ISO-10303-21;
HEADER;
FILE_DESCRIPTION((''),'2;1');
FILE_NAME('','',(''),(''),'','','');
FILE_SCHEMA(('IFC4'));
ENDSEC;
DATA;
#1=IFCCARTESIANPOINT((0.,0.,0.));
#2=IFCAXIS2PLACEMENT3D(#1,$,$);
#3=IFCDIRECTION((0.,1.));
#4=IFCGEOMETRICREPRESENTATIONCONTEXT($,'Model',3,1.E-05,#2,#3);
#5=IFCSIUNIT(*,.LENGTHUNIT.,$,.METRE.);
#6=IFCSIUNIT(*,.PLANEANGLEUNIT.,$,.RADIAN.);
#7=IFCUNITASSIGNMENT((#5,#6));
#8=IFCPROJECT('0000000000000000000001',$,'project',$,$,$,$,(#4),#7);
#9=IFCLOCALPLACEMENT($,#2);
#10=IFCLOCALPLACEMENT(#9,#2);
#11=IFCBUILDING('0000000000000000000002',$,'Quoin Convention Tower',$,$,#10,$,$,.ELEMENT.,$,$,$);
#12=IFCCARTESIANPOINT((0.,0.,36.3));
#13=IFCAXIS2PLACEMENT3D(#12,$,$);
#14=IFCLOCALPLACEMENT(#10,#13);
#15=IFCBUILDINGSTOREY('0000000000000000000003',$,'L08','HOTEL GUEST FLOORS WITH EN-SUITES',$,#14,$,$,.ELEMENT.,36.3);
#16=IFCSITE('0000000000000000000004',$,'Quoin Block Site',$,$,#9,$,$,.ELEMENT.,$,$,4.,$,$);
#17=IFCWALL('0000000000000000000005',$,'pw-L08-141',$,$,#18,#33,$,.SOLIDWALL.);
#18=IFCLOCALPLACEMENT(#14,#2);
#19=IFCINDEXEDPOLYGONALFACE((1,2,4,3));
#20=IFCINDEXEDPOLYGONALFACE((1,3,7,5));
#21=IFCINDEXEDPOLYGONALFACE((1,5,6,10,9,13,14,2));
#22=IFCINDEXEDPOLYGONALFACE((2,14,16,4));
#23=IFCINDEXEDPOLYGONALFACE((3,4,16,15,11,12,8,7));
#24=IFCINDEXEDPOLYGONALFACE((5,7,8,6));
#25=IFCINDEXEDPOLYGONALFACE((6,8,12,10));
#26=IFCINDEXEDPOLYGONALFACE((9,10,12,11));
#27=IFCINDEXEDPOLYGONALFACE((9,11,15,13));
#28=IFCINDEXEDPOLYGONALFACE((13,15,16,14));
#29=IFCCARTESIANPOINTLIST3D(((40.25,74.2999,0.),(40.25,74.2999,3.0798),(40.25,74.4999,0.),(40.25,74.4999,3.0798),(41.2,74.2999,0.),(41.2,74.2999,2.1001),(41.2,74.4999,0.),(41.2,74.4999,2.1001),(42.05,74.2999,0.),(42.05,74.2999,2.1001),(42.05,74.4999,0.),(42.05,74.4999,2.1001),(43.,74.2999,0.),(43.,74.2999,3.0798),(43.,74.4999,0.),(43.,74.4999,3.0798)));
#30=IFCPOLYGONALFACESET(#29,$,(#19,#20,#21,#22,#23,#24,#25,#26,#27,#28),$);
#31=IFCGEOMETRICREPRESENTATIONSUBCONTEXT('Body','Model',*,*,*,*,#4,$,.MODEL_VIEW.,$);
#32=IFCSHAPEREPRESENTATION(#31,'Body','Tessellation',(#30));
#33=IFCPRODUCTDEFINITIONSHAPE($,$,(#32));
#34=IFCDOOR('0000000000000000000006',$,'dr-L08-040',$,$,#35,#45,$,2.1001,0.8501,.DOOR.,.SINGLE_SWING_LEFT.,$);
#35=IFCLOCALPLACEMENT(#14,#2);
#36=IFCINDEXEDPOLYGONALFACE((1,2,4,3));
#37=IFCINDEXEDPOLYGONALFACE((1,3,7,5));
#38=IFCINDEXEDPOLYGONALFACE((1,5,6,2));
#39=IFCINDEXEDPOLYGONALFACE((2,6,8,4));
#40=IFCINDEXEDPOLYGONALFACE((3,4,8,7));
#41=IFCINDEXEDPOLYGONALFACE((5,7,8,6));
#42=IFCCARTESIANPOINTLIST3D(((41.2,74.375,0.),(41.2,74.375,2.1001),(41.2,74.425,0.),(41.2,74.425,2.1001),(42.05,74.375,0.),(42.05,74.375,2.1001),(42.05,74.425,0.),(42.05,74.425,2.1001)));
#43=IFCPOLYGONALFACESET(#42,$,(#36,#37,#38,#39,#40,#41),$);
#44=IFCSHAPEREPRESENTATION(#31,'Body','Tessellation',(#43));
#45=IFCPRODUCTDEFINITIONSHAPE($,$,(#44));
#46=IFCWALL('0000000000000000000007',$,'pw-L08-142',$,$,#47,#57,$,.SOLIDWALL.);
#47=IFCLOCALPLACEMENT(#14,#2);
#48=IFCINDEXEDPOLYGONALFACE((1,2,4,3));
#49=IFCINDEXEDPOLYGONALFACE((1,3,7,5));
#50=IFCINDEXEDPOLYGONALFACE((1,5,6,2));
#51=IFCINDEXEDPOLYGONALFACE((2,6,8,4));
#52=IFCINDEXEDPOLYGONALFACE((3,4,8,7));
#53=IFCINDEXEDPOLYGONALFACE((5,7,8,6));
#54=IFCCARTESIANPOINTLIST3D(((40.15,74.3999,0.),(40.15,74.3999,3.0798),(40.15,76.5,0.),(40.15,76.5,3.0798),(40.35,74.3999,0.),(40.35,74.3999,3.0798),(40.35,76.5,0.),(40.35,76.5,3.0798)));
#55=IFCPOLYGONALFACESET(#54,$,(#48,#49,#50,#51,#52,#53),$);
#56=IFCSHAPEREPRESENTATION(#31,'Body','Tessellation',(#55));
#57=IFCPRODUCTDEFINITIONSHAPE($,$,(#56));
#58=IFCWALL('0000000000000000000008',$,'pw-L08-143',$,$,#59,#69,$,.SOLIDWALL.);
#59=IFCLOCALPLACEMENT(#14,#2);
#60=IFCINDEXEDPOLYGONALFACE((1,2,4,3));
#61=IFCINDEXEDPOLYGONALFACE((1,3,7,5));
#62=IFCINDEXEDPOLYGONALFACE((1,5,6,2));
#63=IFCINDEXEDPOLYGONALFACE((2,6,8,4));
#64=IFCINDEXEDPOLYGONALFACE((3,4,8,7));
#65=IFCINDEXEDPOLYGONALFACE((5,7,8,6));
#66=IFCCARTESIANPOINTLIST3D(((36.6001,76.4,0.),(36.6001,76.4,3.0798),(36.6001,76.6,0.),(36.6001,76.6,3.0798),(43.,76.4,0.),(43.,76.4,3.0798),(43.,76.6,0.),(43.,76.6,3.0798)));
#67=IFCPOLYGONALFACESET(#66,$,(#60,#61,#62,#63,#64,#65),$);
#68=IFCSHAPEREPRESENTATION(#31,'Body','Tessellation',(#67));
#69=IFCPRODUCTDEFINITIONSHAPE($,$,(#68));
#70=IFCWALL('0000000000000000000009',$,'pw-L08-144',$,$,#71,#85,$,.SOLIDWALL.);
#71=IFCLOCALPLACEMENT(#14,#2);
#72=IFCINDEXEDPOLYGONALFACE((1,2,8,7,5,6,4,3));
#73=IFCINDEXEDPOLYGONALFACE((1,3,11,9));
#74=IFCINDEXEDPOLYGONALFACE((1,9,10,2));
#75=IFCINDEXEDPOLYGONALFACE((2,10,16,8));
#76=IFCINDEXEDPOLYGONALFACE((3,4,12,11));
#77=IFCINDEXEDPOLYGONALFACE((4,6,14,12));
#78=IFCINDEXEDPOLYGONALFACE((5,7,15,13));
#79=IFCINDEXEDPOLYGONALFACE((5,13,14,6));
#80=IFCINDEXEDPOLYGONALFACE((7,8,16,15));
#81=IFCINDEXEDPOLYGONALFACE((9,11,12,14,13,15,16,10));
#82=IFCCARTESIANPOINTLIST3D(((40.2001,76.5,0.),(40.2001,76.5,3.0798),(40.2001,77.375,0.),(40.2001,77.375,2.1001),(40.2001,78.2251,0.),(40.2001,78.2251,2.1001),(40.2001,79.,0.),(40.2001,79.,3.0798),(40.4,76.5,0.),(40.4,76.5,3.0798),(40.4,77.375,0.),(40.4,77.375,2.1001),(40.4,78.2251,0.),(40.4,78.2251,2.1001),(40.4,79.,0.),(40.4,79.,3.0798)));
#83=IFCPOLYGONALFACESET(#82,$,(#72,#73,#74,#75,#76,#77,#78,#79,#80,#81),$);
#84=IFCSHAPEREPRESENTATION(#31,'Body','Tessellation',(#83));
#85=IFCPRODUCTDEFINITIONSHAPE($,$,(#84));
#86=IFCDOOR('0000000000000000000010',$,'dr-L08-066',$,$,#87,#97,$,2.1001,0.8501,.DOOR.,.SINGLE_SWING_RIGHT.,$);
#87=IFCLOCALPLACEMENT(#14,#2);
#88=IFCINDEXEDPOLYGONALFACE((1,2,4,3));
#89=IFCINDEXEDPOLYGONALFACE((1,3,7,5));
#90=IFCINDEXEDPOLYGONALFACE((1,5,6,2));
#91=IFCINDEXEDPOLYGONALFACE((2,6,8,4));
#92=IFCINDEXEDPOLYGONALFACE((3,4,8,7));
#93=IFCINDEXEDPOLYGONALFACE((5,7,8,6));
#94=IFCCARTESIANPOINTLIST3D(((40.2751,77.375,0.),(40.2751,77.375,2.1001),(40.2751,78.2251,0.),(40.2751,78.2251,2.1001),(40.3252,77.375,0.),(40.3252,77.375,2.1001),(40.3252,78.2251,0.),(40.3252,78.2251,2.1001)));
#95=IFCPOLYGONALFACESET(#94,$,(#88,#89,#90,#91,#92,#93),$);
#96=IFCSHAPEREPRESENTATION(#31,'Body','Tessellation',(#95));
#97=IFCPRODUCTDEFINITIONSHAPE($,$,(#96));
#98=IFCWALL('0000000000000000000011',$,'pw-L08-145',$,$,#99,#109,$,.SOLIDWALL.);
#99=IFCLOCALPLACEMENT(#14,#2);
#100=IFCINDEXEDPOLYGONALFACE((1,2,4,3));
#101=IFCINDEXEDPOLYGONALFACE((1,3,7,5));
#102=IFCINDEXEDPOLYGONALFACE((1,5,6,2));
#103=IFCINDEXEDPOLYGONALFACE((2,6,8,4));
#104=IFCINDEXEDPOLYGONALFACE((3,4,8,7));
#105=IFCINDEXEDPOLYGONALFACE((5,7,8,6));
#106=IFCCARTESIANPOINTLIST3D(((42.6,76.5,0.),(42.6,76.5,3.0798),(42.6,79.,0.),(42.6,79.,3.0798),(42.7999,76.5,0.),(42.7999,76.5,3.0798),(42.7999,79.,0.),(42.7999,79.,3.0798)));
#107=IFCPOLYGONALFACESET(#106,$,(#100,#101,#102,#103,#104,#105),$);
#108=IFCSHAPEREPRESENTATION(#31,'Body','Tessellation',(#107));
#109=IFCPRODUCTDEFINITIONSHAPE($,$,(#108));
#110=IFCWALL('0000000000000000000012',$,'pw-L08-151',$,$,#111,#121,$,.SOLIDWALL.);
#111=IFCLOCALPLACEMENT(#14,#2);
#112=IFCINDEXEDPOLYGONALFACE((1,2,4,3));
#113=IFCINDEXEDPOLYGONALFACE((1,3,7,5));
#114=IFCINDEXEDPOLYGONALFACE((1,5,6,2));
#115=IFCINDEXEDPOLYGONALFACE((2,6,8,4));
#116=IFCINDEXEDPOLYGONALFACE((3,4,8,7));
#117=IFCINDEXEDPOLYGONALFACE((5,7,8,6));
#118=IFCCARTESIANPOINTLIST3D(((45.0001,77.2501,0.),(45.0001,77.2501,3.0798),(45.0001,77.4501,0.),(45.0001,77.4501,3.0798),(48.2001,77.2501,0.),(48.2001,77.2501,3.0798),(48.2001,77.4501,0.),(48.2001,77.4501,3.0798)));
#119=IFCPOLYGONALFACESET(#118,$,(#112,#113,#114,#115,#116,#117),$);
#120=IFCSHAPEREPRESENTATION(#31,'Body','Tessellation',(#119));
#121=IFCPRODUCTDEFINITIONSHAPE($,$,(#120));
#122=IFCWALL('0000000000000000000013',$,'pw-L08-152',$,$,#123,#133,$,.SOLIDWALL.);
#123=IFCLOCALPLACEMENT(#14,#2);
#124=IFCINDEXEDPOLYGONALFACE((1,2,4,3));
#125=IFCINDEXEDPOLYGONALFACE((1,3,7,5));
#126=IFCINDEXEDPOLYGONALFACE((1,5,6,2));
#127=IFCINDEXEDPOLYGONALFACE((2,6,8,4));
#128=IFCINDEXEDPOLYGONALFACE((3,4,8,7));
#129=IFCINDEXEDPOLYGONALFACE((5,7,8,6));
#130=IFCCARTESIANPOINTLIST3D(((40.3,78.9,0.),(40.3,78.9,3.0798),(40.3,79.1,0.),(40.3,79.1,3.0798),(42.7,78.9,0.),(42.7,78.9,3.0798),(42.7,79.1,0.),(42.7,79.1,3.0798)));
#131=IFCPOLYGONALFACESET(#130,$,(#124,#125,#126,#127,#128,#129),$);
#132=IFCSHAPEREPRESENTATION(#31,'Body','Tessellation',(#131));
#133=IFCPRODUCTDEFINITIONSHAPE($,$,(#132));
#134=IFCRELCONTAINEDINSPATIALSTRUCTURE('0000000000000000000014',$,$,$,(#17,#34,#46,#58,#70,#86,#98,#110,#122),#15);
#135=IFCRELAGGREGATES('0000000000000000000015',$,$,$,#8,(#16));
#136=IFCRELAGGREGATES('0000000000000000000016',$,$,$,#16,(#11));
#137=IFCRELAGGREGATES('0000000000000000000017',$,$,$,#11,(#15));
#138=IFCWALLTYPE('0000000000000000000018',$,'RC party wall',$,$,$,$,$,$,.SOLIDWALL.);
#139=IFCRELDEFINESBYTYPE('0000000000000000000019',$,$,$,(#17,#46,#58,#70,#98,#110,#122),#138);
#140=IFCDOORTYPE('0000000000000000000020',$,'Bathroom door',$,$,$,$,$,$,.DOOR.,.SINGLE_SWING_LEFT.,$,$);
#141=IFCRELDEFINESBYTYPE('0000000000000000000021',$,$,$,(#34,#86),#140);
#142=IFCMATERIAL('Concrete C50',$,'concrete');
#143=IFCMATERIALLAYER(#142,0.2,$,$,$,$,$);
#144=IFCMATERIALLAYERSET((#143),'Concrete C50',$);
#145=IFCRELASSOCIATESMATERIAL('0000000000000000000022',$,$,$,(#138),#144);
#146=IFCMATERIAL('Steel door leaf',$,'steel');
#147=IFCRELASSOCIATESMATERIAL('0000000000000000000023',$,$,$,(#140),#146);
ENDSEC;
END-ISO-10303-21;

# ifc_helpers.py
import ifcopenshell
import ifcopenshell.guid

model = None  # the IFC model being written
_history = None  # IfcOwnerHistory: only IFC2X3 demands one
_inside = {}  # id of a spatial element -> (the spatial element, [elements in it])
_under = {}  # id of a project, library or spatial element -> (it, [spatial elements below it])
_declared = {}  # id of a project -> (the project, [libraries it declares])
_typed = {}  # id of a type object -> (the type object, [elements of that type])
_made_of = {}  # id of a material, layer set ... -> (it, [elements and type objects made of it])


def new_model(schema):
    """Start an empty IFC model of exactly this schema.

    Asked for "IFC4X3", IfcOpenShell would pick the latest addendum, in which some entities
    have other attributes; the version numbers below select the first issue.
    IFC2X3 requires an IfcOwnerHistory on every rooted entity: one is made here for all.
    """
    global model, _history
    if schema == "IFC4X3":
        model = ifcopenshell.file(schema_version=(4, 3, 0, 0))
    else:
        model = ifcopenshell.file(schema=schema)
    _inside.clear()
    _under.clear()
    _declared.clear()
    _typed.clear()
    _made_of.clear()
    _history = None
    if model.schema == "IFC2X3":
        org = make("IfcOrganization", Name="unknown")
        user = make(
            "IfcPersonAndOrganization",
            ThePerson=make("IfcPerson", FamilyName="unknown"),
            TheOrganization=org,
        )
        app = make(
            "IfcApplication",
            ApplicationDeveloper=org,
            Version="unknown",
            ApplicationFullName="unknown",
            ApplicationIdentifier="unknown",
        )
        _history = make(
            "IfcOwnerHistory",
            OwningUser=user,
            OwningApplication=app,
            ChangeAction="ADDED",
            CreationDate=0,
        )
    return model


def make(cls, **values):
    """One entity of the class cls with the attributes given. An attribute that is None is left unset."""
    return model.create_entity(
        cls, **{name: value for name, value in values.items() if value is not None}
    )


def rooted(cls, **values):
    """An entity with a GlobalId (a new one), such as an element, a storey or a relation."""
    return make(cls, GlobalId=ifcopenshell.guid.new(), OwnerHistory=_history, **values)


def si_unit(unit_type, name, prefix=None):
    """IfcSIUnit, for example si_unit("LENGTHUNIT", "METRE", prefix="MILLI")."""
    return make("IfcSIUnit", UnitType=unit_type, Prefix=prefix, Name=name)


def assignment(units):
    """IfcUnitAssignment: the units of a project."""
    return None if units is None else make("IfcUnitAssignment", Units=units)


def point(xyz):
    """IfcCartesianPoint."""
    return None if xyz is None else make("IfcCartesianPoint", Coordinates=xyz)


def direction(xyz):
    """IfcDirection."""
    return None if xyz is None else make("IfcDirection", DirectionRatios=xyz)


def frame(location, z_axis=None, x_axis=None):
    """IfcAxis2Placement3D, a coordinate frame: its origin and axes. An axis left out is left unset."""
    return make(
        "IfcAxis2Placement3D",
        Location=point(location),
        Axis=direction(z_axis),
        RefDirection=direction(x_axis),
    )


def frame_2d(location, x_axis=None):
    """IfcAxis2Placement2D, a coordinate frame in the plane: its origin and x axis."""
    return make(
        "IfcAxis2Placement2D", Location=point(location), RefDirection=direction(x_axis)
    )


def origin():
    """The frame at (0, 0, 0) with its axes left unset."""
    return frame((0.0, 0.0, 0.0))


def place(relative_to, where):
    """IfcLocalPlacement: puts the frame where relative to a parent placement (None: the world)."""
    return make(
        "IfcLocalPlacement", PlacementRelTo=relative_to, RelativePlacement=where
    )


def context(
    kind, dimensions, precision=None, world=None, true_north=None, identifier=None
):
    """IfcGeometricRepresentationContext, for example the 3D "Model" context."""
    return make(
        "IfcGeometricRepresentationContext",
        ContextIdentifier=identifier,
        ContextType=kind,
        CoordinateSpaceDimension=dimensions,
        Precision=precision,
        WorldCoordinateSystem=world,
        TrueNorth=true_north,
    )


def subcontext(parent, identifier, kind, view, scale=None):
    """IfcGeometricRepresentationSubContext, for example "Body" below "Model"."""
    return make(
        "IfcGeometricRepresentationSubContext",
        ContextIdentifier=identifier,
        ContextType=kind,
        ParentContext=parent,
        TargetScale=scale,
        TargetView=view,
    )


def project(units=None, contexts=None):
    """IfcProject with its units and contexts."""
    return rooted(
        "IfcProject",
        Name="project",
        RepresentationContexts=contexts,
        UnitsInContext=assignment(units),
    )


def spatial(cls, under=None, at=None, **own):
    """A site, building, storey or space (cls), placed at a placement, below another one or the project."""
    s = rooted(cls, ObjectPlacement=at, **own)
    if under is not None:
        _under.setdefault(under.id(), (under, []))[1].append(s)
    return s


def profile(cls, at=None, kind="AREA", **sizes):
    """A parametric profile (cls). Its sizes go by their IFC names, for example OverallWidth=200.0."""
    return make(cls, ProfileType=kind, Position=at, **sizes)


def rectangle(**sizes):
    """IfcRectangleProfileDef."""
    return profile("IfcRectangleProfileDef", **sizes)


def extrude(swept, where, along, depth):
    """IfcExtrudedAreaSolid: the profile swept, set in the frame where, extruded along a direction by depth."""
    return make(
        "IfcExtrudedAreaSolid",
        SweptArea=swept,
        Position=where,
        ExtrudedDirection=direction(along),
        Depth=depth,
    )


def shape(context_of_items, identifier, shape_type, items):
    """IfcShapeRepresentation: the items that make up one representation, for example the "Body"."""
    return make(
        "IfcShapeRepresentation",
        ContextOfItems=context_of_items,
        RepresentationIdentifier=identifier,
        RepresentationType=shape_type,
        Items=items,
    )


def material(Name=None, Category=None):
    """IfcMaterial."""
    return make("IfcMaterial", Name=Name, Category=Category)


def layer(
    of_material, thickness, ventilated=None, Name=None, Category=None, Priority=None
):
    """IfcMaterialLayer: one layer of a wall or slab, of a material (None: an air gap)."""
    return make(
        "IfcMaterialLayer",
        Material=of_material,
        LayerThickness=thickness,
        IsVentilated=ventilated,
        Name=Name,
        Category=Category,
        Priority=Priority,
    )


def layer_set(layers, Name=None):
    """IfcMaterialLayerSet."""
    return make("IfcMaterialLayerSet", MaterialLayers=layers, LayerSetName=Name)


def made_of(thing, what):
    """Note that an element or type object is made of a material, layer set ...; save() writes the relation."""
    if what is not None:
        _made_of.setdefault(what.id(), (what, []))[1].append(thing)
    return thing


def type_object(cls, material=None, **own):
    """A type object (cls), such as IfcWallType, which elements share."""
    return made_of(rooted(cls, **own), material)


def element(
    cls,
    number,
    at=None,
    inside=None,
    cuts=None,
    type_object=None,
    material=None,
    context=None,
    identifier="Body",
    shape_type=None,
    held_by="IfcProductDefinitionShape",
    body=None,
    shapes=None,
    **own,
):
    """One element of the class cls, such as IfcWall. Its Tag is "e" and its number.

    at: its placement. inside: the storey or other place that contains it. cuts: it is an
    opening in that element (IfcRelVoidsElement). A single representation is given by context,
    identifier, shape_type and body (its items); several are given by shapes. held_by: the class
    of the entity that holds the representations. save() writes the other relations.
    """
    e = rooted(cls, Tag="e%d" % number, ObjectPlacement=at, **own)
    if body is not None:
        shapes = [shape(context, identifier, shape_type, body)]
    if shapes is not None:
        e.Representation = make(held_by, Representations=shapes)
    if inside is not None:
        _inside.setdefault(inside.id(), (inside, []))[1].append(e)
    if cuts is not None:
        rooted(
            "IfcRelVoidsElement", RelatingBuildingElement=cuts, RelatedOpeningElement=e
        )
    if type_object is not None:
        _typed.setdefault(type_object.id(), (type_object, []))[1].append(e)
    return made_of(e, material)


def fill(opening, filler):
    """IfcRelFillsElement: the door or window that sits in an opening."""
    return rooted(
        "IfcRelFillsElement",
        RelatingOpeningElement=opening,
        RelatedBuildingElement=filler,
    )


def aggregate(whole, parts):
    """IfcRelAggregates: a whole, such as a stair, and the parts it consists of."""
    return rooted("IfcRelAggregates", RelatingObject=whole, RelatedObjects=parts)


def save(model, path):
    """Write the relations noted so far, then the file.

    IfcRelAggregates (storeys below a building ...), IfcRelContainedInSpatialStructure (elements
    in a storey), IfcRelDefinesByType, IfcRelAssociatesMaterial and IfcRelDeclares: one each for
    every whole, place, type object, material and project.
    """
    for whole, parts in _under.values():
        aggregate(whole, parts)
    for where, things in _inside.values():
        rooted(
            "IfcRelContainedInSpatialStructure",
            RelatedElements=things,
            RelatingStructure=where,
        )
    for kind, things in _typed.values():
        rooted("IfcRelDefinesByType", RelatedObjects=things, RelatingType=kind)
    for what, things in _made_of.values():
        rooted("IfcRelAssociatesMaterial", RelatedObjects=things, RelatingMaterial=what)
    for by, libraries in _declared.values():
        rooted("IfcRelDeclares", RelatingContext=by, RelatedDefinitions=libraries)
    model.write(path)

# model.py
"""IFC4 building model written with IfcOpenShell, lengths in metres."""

from ifc_helpers import new_model, si_unit, direction, frame, frame_2d, origin, place, context, subcontext, project, spatial, rectangle, extrude, material, layer, layer_set, type_object, element, fill, save


model = new_model("IFC4")

# Units and contexts
model_context = context("Model", 3, precision=1e-05, world=origin(), true_north=direction((0.0, 1.0)))
body_context = subcontext(model_context, "Body", "Model", "MODEL_VIEW")
ifc_project = project(units=[si_unit("LENGTHUNIT", "METRE"), si_unit("PLANEANGLEUNIT", "RADIAN")], contexts=[model_context])

# Site, building, storey
site_placement = place(None, origin())
site = spatial("IfcSite", under=ifc_project, at=site_placement, Name="Quoin Block Site", CompositionType="ELEMENT", RefElevation=4.0)
building_placement = place(site_placement, origin())
building = spatial("IfcBuilding", under=site, at=building_placement, Name="Quoin Convention Tower", CompositionType="ELEMENT")
storey_placement = place(building_placement, frame((0.0, 0.0, 36.3)))
storey = spatial("IfcBuildingStorey", under=building, at=storey_placement, Name="L08", Description="HOTEL GUEST FLOORS WITH EN-SUITES", CompositionType="ELEMENT", Elevation=36.3)

# Wall, opening, door
ifc_material_1 = material(Name="Concrete C50", Category="concrete")
ifc_layer_1 = layer(ifc_material_1, 0.2)
ifc_layer_set_1 = layer_set([ifc_layer_1], Name="Concrete C50")
wall_type_1 = type_object("IfcWallType", Name="RC party wall", PredefinedType="SOLIDWALL", material=ifc_layer_set_1)
wall_1_placement = place(storey_placement, frame((40.25, 74.3999, 0.0), z_axis=(0.0, 0.0, 1.0), x_axis=(1.0, 0.0, 0.0)))
wall_1 = element("IfcWall", 1, at=wall_1_placement, inside=storey, type_object=wall_type_1, Name="pw-L08-141", PredefinedType="SOLIDWALL", context=body_context, shape_type="SweptSolid", body=[
    extrude(rectangle(XDim=2.75, YDim=0.2, at=frame_2d((1.375, 0.0))), origin(), (0.0, 0.0, 1.0), 3.0798),
])
opening_1_placement = place(wall_1_placement, frame((0.95, 0.0, 0.0)))
opening_1 = element("IfcOpeningElement", 2, at=opening_1_placement, cuts=wall_1, PredefinedType="OPENING", context=body_context, shape_type="SweptSolid", body=[
    extrude(rectangle(XDim=0.8501, YDim=2.1001, at=frame_2d((0.425, 1.05))), frame((0.0, 0.1099, 0.0), z_axis=(0.0, -1.0, 0.0), x_axis=(1.0, 0.0, 0.0)), (0.0, 0.0, 1.0), 0.22),
])
ifc_material_2 = material(Name="Steel door leaf", Category="steel")
door_type = type_object("IfcDoorType", Name="Bathroom door", OperationType="SINGLE_SWING_LEFT", PredefinedType="DOOR", material=ifc_material_2)
door_1_placement = place(opening_1_placement, frame((0.8501, 0.0, 0.0), z_axis=(0.0, 0.0, 1.0), x_axis=(-1.0, 0.0, 0.0)))
door_1 = element("IfcDoor", 3, at=door_1_placement, inside=storey, type_object=door_type, Name="dr-L08-040", OperationType="SINGLE_SWING_LEFT", OverallHeight=2.1001, OverallWidth=0.8501, PredefinedType="DOOR", context=body_context, shape_type="SweptSolid", body=[
    extrude(rectangle(XDim=0.8501, YDim=2.1001, at=frame_2d((0.425, 1.05))), frame((0.0, 0.0249, 0.0), z_axis=(0.0, -1.0, 0.0), x_axis=(1.0, 0.0, 0.0)), (0.0, 0.0, 1.0), 0.05),
])
fill(opening_1, door_1)

# Walls
wall_2_placement = place(storey_placement, frame((40.25, 74.3999, 0.0), z_axis=(0.0, 0.0, 1.0), x_axis=(0.0, 1.0, 0.0)))
element("IfcWall", 4, at=wall_2_placement, inside=storey, type_object=wall_type_1, Name="pw-L08-142", PredefinedType="SOLIDWALL", context=body_context, shape_type="SweptSolid", body=[
    extrude(rectangle(XDim=2.1001, YDim=0.2, at=frame_2d((1.05, 0.0))), origin(), (0.0, 0.0, 1.0), 3.0798),
])
wall_3_placement = place(storey_placement, frame((36.6001, 76.5, 0.0), z_axis=(0.0, 0.0, 1.0), x_axis=(1.0, 0.0, 0.0)))
element("IfcWall", 5, at=wall_3_placement, inside=storey, type_object=wall_type_1, Name="pw-L08-143", PredefinedType="SOLIDWALL", context=body_context, shape_type="SweptSolid", body=[
    extrude(rectangle(XDim=6.3999, YDim=0.2, at=frame_2d((3.2, 0.0))), origin(), (0.0, 0.0, 1.0), 3.0798),
])

# Wall, opening, door
wall_4_placement = place(storey_placement, frame((40.3, 76.5, 0.0), z_axis=(0.0, 0.0, 1.0), x_axis=(0.0, 1.0, 0.0)))
wall_4 = element("IfcWall", 6, at=wall_4_placement, inside=storey, type_object=wall_type_1, Name="pw-L08-144", PredefinedType="SOLIDWALL", context=body_context, shape_type="SweptSolid", body=[
    extrude(rectangle(XDim=2.5, YDim=0.2, at=frame_2d((1.25, 0.0))), origin(), (0.0, 0.0, 1.0), 3.0798),
])
opening_2_placement = place(wall_4_placement, frame((0.875, 0.0, 0.0)))
opening_2 = element("IfcOpeningElement", 7, at=opening_2_placement, cuts=wall_4, PredefinedType="OPENING", context=body_context, shape_type="SweptSolid", body=[
    extrude(rectangle(XDim=0.8501, YDim=2.1001, at=frame_2d((0.425, 1.05))), frame((0.0, 0.1099, 0.0), z_axis=(0.0, -1.0, 0.0), x_axis=(1.0, 0.0, 0.0)), (0.0, 0.0, 1.0), 0.22),
])
door_2_placement = place(opening_2_placement, origin())
door_2 = element("IfcDoor", 8, at=door_2_placement, inside=storey, type_object=door_type, Name="dr-L08-066", OperationType="SINGLE_SWING_RIGHT", OverallHeight=2.1001, OverallWidth=0.8501, PredefinedType="DOOR", context=body_context, shape_type="SweptSolid", body=[
    extrude(rectangle(XDim=0.8501, YDim=2.1001, at=frame_2d((0.425, 1.05))), frame((0.0, 0.0249, 0.0), z_axis=(0.0, -1.0, 0.0), x_axis=(1.0, 0.0, 0.0)), (0.0, 0.0, 1.0), 0.05),
])
fill(opening_2, door_2)

# Walls
wall_5_placement = place(storey_placement, frame((42.7, 76.5, 0.0), z_axis=(0.0, 0.0, 1.0), x_axis=(0.0, 1.0, 0.0)))
element("IfcWall", 9, at=wall_5_placement, inside=storey, type_object=wall_type_1, Name="pw-L08-145", PredefinedType="SOLIDWALL", context=body_context, shape_type="SweptSolid", body=[
    extrude(rectangle(XDim=2.5, YDim=0.2, at=frame_2d((1.25, 0.0))), origin(), (0.0, 0.0, 1.0), 3.0798),
])
wall_6_placement = place(storey_placement, frame((45.0, 77.3501, 0.0), z_axis=(0.0, 0.0, 1.0), x_axis=(1.0, 0.0, 0.0)))
element("IfcWall", 10, at=wall_6_placement, inside=storey, type_object=wall_type_1, Name="pw-L08-151", PredefinedType="SOLIDWALL", context=body_context, shape_type="SweptSolid", body=[
    extrude(rectangle(XDim=3.2, YDim=0.2, at=frame_2d((1.6001, 0.0))), origin(), (0.0, 0.0, 1.0), 3.0798),
])
wall_7_placement = place(storey_placement, frame((40.3, 79.0, 0.0), z_axis=(0.0, 0.0, 1.0), x_axis=(1.0, 0.0, 0.0)))
element("IfcWall", 11, at=wall_7_placement, inside=storey, type_object=wall_type_1, Name="pw-L08-152", PredefinedType="SOLIDWALL", context=body_context, shape_type="SweptSolid", body=[
    extrude(rectangle(XDim=2.3999, YDim=0.2, at=frame_2d((1.2, 0.0))), origin(), (0.0, 0.0, 1.0), 3.0798),
])

save(model, "model.ifc")
